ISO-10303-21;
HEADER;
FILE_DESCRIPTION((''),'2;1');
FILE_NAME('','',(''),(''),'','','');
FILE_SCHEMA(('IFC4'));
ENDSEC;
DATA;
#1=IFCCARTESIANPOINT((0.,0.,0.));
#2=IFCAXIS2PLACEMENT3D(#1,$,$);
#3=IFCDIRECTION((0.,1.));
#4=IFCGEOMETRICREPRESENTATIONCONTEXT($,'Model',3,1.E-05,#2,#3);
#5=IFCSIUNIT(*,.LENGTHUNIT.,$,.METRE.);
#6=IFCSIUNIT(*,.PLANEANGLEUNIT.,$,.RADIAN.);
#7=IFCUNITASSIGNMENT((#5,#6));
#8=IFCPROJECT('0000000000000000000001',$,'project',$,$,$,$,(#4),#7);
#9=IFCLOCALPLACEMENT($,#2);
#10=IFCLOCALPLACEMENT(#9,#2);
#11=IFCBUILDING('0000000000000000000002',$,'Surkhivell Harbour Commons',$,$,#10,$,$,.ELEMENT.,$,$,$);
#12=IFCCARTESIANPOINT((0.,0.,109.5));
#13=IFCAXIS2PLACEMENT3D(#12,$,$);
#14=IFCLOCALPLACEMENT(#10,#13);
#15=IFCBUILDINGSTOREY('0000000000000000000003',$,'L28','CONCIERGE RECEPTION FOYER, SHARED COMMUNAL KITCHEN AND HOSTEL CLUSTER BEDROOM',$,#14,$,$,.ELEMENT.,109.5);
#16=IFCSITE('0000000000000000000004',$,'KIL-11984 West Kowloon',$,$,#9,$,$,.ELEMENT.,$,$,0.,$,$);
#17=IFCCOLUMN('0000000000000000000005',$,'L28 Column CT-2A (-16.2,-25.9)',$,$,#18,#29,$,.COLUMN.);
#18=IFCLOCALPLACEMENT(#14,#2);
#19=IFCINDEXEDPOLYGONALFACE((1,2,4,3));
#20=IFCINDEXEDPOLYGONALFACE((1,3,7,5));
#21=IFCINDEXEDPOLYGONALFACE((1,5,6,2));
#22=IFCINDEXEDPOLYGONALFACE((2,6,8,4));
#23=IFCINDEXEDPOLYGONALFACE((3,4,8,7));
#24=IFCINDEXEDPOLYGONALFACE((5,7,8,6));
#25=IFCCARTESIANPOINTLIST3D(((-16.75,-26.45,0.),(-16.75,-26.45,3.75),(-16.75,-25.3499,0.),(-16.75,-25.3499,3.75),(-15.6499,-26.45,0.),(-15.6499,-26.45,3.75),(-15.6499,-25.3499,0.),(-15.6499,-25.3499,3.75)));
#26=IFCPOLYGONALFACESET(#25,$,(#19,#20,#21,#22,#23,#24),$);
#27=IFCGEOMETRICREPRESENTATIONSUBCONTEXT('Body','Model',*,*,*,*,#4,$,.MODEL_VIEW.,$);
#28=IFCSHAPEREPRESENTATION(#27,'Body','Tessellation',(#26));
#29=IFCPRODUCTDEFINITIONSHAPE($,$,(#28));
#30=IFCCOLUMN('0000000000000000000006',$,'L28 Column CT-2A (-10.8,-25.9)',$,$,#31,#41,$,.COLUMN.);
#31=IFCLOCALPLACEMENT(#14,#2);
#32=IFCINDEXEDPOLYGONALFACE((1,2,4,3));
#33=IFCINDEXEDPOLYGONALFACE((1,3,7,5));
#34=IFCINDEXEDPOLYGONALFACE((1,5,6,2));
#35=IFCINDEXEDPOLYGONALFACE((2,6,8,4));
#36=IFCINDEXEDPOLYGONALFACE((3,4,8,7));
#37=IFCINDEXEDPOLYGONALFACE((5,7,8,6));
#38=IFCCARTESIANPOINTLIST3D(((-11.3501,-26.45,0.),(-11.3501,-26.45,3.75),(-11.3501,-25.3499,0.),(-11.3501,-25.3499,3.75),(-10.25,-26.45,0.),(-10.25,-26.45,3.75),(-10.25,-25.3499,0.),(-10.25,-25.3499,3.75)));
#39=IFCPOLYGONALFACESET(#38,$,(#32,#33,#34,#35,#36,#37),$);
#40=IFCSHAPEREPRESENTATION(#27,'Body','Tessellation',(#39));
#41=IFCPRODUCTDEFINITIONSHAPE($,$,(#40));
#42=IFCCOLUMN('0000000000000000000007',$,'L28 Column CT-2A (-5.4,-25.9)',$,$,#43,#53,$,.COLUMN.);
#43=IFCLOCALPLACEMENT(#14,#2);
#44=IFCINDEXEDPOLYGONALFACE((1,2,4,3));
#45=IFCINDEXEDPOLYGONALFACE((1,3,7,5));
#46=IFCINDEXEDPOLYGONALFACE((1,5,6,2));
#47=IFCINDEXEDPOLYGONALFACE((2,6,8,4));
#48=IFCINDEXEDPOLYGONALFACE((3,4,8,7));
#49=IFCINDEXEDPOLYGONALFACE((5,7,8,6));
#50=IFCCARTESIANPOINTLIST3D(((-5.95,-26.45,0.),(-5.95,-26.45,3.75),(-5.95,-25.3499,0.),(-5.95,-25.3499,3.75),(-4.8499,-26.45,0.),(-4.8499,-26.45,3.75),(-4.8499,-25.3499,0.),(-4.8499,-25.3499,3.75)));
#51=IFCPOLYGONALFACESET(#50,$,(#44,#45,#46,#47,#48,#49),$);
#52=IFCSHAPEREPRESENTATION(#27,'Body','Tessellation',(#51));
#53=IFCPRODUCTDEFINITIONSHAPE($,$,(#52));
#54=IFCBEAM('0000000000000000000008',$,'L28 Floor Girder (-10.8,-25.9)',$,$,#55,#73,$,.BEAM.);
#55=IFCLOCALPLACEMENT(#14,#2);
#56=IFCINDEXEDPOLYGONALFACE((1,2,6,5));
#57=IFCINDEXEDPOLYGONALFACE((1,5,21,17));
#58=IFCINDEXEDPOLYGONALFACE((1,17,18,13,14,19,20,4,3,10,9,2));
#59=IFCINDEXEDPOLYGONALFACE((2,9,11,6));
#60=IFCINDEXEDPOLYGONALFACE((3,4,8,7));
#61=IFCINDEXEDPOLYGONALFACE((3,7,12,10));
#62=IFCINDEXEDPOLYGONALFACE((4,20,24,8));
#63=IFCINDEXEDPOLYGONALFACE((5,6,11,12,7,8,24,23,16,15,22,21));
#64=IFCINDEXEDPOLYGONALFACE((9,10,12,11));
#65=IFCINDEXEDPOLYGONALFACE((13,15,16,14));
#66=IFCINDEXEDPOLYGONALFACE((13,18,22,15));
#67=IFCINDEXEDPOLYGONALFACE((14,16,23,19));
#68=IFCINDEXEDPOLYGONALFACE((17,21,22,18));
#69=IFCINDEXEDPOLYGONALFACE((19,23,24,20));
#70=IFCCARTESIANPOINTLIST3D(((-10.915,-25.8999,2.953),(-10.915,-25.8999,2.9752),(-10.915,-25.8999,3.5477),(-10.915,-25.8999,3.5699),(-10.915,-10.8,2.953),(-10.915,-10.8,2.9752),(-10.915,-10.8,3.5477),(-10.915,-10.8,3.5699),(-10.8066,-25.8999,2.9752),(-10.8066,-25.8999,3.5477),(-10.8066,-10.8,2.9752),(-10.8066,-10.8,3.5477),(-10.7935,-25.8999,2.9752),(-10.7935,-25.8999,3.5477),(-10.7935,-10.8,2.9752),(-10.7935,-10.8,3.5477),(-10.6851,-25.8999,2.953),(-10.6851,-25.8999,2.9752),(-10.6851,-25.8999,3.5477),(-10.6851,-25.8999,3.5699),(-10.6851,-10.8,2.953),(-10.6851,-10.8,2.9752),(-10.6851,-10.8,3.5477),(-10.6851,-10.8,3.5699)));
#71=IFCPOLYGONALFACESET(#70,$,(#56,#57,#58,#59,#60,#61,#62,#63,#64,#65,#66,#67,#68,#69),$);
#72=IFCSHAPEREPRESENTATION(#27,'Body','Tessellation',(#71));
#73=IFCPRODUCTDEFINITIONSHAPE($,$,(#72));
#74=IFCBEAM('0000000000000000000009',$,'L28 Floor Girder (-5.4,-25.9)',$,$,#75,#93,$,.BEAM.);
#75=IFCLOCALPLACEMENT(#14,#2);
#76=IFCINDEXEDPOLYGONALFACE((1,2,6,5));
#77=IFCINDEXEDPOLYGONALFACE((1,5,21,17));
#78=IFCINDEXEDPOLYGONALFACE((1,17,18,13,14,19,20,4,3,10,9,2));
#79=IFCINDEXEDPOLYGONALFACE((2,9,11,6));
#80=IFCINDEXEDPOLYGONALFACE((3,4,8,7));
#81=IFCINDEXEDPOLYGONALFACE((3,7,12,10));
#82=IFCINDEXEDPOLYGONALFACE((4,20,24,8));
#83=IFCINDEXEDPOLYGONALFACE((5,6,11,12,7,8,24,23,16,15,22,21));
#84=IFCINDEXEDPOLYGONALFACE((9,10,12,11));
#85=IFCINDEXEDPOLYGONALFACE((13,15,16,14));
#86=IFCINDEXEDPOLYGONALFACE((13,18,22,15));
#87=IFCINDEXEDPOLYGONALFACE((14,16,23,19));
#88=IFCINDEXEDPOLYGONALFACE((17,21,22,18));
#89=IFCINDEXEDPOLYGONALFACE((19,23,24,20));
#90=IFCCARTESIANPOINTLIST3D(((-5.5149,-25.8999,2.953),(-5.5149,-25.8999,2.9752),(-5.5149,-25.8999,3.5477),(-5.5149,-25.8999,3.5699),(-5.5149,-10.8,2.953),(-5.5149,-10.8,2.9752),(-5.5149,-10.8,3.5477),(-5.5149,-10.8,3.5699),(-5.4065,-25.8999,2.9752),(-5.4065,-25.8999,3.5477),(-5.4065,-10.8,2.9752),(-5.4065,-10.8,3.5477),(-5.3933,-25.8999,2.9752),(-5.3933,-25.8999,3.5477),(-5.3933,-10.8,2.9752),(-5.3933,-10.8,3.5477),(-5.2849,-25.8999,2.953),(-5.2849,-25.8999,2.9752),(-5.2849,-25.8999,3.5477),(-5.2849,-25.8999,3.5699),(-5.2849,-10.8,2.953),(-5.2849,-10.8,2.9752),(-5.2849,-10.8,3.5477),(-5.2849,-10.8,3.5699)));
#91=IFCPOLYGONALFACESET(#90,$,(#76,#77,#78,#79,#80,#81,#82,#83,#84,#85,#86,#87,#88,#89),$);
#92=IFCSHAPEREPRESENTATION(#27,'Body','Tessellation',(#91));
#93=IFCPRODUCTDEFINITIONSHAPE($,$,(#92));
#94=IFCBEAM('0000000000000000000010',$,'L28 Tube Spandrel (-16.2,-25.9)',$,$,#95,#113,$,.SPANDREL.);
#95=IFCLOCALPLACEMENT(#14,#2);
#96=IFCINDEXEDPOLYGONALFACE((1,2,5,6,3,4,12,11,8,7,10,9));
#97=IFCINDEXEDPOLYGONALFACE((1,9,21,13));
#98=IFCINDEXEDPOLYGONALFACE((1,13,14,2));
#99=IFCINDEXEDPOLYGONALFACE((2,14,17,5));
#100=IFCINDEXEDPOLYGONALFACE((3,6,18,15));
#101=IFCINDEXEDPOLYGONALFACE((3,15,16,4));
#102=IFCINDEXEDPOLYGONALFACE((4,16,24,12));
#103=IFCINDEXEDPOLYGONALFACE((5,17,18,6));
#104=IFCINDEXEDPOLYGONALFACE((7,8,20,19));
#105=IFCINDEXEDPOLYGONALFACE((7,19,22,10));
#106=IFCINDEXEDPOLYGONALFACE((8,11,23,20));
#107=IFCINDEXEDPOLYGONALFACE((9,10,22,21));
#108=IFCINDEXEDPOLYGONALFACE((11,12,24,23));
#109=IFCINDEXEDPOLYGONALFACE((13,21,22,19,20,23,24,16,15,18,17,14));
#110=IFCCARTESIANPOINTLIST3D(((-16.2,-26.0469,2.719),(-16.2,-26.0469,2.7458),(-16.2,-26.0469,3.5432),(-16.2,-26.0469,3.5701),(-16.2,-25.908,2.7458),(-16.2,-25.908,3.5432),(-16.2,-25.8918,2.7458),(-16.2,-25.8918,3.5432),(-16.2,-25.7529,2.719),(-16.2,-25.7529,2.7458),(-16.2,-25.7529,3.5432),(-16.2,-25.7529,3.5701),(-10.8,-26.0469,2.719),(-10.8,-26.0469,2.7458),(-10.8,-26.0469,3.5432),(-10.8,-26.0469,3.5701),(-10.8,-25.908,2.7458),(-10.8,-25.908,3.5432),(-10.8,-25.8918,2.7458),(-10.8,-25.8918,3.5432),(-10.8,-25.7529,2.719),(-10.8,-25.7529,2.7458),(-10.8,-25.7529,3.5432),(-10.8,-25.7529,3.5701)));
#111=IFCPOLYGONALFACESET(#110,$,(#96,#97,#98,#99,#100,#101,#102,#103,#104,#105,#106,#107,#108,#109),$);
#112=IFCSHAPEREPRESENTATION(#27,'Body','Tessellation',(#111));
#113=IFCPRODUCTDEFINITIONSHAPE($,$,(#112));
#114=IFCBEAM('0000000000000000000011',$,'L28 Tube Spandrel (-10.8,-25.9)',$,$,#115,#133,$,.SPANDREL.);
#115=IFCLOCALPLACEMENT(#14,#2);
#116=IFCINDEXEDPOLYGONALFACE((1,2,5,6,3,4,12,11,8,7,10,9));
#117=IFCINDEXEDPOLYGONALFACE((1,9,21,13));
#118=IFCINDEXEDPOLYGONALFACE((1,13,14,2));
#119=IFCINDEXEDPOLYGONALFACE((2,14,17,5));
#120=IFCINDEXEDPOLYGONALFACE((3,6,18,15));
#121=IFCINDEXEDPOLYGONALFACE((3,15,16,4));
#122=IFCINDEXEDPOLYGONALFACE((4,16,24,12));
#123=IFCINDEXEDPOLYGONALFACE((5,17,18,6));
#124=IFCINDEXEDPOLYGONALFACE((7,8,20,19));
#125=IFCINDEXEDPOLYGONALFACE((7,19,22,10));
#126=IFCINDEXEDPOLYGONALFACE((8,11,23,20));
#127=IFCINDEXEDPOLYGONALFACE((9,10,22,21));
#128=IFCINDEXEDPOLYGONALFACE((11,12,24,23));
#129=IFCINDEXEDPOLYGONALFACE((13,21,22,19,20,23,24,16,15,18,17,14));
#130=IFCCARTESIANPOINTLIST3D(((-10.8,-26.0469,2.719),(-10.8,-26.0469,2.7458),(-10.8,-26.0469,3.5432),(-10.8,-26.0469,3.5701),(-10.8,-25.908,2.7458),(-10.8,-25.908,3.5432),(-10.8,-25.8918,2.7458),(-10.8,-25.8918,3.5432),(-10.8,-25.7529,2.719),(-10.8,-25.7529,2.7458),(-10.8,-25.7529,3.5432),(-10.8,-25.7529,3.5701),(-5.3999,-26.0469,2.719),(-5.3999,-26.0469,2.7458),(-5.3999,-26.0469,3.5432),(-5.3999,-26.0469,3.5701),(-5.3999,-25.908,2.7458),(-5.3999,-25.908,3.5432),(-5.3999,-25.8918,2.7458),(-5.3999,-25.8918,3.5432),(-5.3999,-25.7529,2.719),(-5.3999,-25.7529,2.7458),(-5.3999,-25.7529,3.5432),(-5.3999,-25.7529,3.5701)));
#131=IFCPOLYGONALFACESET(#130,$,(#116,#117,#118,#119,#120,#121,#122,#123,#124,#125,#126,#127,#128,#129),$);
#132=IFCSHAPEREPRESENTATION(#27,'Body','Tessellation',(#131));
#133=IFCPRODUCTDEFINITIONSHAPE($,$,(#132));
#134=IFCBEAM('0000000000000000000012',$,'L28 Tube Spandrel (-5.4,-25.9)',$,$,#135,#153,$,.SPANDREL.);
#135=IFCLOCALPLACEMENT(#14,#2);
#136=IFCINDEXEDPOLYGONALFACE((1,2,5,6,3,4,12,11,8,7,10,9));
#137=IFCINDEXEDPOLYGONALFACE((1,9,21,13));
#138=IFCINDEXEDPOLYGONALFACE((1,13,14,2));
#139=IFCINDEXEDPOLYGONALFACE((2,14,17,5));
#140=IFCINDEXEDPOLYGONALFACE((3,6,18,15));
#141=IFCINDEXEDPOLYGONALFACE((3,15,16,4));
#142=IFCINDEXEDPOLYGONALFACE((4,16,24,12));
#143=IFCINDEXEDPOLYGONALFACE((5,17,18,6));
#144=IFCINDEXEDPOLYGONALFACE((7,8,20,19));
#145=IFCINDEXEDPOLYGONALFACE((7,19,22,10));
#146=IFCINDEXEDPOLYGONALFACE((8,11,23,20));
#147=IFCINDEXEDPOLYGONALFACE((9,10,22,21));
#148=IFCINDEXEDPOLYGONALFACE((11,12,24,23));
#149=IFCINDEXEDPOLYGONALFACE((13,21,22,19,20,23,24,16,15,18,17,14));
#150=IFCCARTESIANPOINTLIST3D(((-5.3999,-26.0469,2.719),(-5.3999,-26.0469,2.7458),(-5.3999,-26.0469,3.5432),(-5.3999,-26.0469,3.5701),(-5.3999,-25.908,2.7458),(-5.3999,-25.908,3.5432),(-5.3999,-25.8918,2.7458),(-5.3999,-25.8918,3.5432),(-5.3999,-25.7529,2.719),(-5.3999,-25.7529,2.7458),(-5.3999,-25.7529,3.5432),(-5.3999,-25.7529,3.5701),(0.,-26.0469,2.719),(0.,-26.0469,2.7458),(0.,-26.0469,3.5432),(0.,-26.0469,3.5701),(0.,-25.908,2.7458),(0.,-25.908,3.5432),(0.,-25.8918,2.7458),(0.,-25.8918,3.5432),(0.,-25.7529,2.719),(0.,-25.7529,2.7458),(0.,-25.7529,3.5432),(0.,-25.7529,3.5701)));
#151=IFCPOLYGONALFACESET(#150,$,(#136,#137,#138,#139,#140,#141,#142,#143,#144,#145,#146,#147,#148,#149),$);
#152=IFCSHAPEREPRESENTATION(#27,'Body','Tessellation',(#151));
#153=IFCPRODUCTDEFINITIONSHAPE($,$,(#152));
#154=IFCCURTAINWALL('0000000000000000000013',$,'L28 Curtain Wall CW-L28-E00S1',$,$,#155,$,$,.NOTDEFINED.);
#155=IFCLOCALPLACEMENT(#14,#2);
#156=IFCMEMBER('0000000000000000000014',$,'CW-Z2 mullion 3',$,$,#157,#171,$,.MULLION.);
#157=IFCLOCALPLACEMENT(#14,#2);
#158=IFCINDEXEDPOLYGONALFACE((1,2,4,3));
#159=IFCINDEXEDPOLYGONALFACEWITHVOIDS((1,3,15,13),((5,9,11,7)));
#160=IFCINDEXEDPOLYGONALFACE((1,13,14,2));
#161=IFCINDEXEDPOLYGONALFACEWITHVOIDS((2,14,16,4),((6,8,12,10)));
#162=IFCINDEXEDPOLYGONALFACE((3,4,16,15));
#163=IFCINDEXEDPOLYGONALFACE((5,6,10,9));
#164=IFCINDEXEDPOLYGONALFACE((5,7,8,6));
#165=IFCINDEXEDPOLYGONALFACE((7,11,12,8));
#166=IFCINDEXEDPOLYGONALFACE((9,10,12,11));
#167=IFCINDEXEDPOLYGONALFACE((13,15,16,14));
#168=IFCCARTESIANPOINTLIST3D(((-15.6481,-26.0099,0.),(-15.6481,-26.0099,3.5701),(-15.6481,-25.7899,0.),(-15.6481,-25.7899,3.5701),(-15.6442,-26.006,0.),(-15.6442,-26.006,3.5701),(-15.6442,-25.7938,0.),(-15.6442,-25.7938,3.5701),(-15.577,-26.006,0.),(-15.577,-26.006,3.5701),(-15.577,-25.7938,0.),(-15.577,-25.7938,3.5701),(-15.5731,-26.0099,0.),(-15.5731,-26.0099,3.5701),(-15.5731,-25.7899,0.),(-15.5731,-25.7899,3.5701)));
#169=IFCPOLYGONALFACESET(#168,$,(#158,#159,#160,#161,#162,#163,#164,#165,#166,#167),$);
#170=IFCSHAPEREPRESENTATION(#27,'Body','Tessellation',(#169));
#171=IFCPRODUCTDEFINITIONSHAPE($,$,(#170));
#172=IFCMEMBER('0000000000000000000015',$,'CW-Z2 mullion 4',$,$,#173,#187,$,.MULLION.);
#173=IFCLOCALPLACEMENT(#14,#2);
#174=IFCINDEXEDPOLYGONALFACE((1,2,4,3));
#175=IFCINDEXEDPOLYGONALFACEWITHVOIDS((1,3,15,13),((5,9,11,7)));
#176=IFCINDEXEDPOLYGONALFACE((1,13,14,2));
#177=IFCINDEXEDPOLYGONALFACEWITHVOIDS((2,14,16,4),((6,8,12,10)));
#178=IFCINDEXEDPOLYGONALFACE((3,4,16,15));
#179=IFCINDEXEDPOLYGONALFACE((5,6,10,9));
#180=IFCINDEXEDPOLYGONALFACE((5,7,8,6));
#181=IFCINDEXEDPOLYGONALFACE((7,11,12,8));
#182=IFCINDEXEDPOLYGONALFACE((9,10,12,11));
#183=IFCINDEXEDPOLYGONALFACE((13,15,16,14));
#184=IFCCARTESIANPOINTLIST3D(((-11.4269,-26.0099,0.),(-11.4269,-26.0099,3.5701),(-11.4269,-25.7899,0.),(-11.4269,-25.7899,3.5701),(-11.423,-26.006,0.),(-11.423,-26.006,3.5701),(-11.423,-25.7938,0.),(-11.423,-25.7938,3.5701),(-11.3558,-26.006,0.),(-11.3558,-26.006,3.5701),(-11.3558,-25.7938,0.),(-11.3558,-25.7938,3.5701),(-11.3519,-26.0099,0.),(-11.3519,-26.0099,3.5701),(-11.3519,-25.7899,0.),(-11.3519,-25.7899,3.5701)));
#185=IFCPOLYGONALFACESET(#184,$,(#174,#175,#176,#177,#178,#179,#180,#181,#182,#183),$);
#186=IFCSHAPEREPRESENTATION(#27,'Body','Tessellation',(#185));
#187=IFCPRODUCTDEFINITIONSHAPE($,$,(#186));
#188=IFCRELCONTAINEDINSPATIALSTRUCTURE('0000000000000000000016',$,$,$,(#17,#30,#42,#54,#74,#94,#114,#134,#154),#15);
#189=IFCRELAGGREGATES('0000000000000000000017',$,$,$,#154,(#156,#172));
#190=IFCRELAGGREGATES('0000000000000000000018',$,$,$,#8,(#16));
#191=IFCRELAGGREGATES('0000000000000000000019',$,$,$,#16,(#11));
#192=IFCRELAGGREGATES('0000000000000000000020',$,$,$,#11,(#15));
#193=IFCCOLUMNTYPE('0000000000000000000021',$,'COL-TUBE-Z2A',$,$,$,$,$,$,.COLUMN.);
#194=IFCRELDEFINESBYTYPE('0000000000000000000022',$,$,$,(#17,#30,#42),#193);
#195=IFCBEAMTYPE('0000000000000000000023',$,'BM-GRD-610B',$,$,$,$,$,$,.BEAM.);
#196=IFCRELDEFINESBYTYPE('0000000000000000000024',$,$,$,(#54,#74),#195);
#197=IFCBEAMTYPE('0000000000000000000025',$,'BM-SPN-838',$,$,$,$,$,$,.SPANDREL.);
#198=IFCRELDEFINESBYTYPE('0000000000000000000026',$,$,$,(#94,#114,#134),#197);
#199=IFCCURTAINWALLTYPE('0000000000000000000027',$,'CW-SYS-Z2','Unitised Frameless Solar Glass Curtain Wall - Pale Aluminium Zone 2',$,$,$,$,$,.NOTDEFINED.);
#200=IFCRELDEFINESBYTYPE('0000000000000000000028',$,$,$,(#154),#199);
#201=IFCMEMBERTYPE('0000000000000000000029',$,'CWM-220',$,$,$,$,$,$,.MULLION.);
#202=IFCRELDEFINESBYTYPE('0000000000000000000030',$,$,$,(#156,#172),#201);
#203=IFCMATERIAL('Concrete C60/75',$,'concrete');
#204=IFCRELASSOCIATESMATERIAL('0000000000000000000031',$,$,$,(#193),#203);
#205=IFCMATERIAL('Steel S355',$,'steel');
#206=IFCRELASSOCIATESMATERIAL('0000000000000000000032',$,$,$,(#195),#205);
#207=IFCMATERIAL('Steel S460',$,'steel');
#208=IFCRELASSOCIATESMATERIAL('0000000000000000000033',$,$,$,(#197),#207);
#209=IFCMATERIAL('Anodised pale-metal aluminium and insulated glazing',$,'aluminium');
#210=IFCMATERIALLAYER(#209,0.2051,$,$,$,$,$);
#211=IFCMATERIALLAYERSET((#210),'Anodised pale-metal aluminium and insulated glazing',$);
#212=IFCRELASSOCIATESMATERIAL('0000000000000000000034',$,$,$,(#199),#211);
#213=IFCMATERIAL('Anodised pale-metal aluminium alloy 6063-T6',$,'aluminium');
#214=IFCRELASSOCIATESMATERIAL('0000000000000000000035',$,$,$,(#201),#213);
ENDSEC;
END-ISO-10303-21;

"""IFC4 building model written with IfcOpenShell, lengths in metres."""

from ifc_helpers import new_model, si_unit, direction, frame, origin, origin_2d, place, context, subcontext, project, spatial, rectangle, hollow_rectangle, i_section, extrude, material, layer, layer_set, material_profile, profile_set, type_object, element, aggregate, save


model = new_model("IFC4")

# Units and contexts
model_context = context("Model", 3, precision=1e-05, world=origin(), true_north=direction((0.0, 1.0)))
body_context = subcontext(model_context, "Body", "Model", "MODEL_VIEW")
ifc_project = project(units=[si_unit("LENGTHUNIT", "METRE"), si_unit("PLANEANGLEUNIT", "RADIAN")], contexts=[model_context])

# Site, building, storey
site_placement = place(None, origin())
site = spatial("IfcSite", under=ifc_project, at=site_placement, Name="KIL-11984 West Kowloon", CompositionType="ELEMENT", RefElevation=0.0)
building_placement = place(site_placement, origin())
building = spatial("IfcBuilding", under=site, at=building_placement, Name="Surkhivell Harbour Commons", CompositionType="ELEMENT")
storey_placement = place(building_placement, frame((0.0, 0.0, 109.5)))
storey = spatial("IfcBuildingStorey", under=building, at=storey_placement, Name="L28", Description="CONCIERGE RECEPTION FOYER, SHARED COMMUNAL KITCHEN AND HOSTEL CLUSTER BEDROOM", CompositionType="ELEMENT", Elevation=109.5)

# Columns
ifc_material_1 = material(Name="Concrete C60/75", Category="concrete")
ifc_material_profile_1 = material_profile(ifc_material_1, rectangle(XDim=1.1001, YDim=1.1001, at=origin_2d()), Name="RC-COL-1100x1100")
ifc_profile_set_1 = profile_set([ifc_material_profile_1], Name="Concrete C60/75")
column_type = type_object("IfcColumnType", Name="COL-TUBE-Z2A", PredefinedType="COLUMN", material=ifc_profile_set_1)
for number, where, z_axis, x_axis, name in (
    (1, (-16.2, -25.8999, 0.0), (0.0, 0.0, 1.0), (1.0, 0.0, 0.0), "L28 Column CT-2A (-16.2,-25.9)"),
    (2, (-10.8, -25.8999, 0.0), (0.0, 0.0, 1.0), (1.0, 0.0, 0.0), "L28 Column CT-2A (-10.8,-25.9)"),
    (3, (-5.3999, -25.8999, 0.0), (0.0, 0.0, 1.0), (1.0, 0.0, 0.0), "L28 Column CT-2A (-5.4,-25.9)"),
):
    element("IfcColumn", number, at=place(storey_placement, frame(where, z_axis=z_axis, x_axis=x_axis)), inside=storey, type_object=column_type, Name=name, PredefinedType="COLUMN", context=body_context, shape_type="SweptSolid", body=[
        extrude(rectangle(XDim=1.1001, YDim=1.1001, at=origin_2d()), origin(), (0.0, 0.0, 1.0), 3.75),
    ])

# Beams
ifc_material_2 = material(Name="Steel S355", Category="steel")
ifc_material_profile_2 = material_profile(ifc_material_2, i_section(OverallWidth=0.23, OverallDepth=0.6169, WebThickness=0.0132, FlangeThickness=0.0222, at=origin_2d()), Name="UB610x229x140")
ifc_profile_set_2 = profile_set([ifc_material_profile_2], Name="Steel S355")
beam_type_1 = type_object("IfcBeamType", Name="BM-GRD-610B", PredefinedType="BEAM", material=ifc_profile_set_2)
for number, where, z_axis, x_axis, name in (
    (4, (-10.8, -25.8999, 3.2615), (0.0, 1.0, 0.0), (-1.0, 0.0, 0.0), "L28 Floor Girder (-10.8,-25.9)"),
    (5, (-5.3999, -25.8999, 3.2615), (0.0, 1.0, 0.0), (-1.0, 0.0, 0.0), "L28 Floor Girder (-5.4,-25.9)"),
):
    element("IfcBeam", number, at=place(storey_placement, frame(where, z_axis=z_axis, x_axis=x_axis)), inside=storey, type_object=beam_type_1, Name=name, PredefinedType="BEAM", context=body_context, shape_type="SweptSolid", body=[
        extrude(i_section(OverallWidth=0.23, OverallDepth=0.6169, WebThickness=0.0132, FlangeThickness=0.0222, at=origin_2d()), origin(), (0.0, 0.0, 1.0), 15.0999),
    ])
ifc_material_3 = material(Name="Steel S460", Category="steel")
ifc_material_profile_3 = material_profile(ifc_material_3, i_section(OverallWidth=0.2939, OverallDepth=0.8511, WebThickness=0.0161, FlangeThickness=0.0269, at=origin_2d()), Name="UB838x292x226")
ifc_profile_set_3 = profile_set([ifc_material_profile_3], Name="Steel S460")
beam_type_2 = type_object("IfcBeamType", Name="BM-SPN-838", PredefinedType="SPANDREL", material=ifc_profile_set_3)
beam_1_placement = place(storey_placement, frame((-16.2, -25.8999, 3.1445), z_axis=(1.0, 0.0, 0.0), x_axis=(0.0, 1.0, 0.0)))
element("IfcBeam", 6, at=beam_1_placement, inside=storey, type_object=beam_type_2, Name="L28 Tube Spandrel (-16.2,-25.9)", PredefinedType="SPANDREL", context=body_context, shape_type="SweptSolid", body=[
    extrude(i_section(OverallWidth=0.2939, OverallDepth=0.8511, WebThickness=0.0161, FlangeThickness=0.0269, at=origin_2d()), origin(), (0.0, 0.0, 1.0), 5.3999),
])
beam_2_placement = place(storey_placement, frame((-10.8, -25.8999, 3.1445), z_axis=(1.0, 0.0, 0.0), x_axis=(0.0, 1.0, 0.0)))
element("IfcBeam", 7, at=beam_2_placement, inside=storey, type_object=beam_type_2, Name="L28 Tube Spandrel (-10.8,-25.9)", PredefinedType="SPANDREL", context=body_context, shape_type="SweptSolid", body=[
    extrude(i_section(OverallWidth=0.2939, OverallDepth=0.8511, WebThickness=0.0161, FlangeThickness=0.0269, at=origin_2d()), origin(), (0.0, 0.0, 1.0), 5.4001),
])
beam_3_placement = place(storey_placement, frame((-5.3999, -25.8999, 3.1445), z_axis=(1.0, 0.0, 0.0), x_axis=(0.0, 1.0, 0.0)))
element("IfcBeam", 8, at=beam_3_placement, inside=storey, type_object=beam_type_2, Name="L28 Tube Spandrel (-5.4,-25.9)", PredefinedType="SPANDREL", context=body_context, shape_type="SweptSolid", body=[
    extrude(i_section(OverallWidth=0.2939, OverallDepth=0.8511, WebThickness=0.0161, FlangeThickness=0.0269, at=origin_2d()), origin(), (0.0, 0.0, 1.0), 5.3999),
])

# Curtain wall, members
ifc_material_4 = material(Name="Anodised pale-metal aluminium and insulated glazing", Category="aluminium")
ifc_layer_1 = layer(ifc_material_4, 0.2051)
ifc_layer_set_1 = layer_set([ifc_layer_1], Name="Anodised pale-metal aluminium and insulated glazing")
curtain_wall_type = type_object("IfcCurtainWallType", Name="CW-SYS-Z2", Description="Unitised Frameless Solar Glass Curtain Wall - Pale Aluminium Zone 2", PredefinedType="NOTDEFINED", material=ifc_layer_set_1)
curtain_wall_placement = place(storey_placement, origin())
curtain_wall = element("IfcCurtainWall", 9, at=curtain_wall_placement, inside=storey, type_object=curtain_wall_type, Name="L28 Curtain Wall CW-L28-E00S1", PredefinedType="NOTDEFINED")
ifc_material_5 = material(Name="Anodised pale-metal aluminium alloy 6063-T6", Category="aluminium")
ifc_material_profile_4 = material_profile(ifc_material_5, hollow_rectangle(XDim=0.075, YDim=0.22, WallThickness=0.0039, at=origin_2d()), Name="ALU-MULL-75x220")
ifc_profile_set_4 = profile_set([ifc_material_profile_4], Name="Anodised pale-metal aluminium alloy 6063-T6")
member_type_1 = type_object("IfcMemberType", Name="CWM-220", PredefinedType="MULLION", material=ifc_profile_set_4)
member_1_placement = place(storey_placement, frame((-15.6106, -25.8999, 0.0), z_axis=(0.0, 0.0, 1.0), x_axis=(1.0, 0.0, 0.0)))
member_1 = element("IfcMember", 10, at=member_1_placement, type_object=member_type_1, Name="CW-Z2 mullion 3", PredefinedType="MULLION", context=body_context, shape_type="SweptSolid", body=[
    extrude(hollow_rectangle(XDim=0.075, YDim=0.22, WallThickness=0.0039, at=origin_2d()), origin(), (0.0, 0.0, 1.0), 3.5701),
])
member_2_placement = place(storey_placement, frame((-11.3894, -25.8999, 0.0), z_axis=(0.0, 0.0, 1.0), x_axis=(1.0, 0.0, 0.0)))
member_2 = element("IfcMember", 11, at=member_2_placement, type_object=member_type_1, Name="CW-Z2 mullion 4", PredefinedType="MULLION", context=body_context, shape_type="SweptSolid", body=[
    extrude(hollow_rectangle(XDim=0.075, YDim=0.22, WallThickness=0.0039, at=origin_2d()), origin(), (0.0, 0.0, 1.0), 3.5701),
])

aggregate(curtain_wall, [member_1, member_2])

save(model, "model.ifc")
